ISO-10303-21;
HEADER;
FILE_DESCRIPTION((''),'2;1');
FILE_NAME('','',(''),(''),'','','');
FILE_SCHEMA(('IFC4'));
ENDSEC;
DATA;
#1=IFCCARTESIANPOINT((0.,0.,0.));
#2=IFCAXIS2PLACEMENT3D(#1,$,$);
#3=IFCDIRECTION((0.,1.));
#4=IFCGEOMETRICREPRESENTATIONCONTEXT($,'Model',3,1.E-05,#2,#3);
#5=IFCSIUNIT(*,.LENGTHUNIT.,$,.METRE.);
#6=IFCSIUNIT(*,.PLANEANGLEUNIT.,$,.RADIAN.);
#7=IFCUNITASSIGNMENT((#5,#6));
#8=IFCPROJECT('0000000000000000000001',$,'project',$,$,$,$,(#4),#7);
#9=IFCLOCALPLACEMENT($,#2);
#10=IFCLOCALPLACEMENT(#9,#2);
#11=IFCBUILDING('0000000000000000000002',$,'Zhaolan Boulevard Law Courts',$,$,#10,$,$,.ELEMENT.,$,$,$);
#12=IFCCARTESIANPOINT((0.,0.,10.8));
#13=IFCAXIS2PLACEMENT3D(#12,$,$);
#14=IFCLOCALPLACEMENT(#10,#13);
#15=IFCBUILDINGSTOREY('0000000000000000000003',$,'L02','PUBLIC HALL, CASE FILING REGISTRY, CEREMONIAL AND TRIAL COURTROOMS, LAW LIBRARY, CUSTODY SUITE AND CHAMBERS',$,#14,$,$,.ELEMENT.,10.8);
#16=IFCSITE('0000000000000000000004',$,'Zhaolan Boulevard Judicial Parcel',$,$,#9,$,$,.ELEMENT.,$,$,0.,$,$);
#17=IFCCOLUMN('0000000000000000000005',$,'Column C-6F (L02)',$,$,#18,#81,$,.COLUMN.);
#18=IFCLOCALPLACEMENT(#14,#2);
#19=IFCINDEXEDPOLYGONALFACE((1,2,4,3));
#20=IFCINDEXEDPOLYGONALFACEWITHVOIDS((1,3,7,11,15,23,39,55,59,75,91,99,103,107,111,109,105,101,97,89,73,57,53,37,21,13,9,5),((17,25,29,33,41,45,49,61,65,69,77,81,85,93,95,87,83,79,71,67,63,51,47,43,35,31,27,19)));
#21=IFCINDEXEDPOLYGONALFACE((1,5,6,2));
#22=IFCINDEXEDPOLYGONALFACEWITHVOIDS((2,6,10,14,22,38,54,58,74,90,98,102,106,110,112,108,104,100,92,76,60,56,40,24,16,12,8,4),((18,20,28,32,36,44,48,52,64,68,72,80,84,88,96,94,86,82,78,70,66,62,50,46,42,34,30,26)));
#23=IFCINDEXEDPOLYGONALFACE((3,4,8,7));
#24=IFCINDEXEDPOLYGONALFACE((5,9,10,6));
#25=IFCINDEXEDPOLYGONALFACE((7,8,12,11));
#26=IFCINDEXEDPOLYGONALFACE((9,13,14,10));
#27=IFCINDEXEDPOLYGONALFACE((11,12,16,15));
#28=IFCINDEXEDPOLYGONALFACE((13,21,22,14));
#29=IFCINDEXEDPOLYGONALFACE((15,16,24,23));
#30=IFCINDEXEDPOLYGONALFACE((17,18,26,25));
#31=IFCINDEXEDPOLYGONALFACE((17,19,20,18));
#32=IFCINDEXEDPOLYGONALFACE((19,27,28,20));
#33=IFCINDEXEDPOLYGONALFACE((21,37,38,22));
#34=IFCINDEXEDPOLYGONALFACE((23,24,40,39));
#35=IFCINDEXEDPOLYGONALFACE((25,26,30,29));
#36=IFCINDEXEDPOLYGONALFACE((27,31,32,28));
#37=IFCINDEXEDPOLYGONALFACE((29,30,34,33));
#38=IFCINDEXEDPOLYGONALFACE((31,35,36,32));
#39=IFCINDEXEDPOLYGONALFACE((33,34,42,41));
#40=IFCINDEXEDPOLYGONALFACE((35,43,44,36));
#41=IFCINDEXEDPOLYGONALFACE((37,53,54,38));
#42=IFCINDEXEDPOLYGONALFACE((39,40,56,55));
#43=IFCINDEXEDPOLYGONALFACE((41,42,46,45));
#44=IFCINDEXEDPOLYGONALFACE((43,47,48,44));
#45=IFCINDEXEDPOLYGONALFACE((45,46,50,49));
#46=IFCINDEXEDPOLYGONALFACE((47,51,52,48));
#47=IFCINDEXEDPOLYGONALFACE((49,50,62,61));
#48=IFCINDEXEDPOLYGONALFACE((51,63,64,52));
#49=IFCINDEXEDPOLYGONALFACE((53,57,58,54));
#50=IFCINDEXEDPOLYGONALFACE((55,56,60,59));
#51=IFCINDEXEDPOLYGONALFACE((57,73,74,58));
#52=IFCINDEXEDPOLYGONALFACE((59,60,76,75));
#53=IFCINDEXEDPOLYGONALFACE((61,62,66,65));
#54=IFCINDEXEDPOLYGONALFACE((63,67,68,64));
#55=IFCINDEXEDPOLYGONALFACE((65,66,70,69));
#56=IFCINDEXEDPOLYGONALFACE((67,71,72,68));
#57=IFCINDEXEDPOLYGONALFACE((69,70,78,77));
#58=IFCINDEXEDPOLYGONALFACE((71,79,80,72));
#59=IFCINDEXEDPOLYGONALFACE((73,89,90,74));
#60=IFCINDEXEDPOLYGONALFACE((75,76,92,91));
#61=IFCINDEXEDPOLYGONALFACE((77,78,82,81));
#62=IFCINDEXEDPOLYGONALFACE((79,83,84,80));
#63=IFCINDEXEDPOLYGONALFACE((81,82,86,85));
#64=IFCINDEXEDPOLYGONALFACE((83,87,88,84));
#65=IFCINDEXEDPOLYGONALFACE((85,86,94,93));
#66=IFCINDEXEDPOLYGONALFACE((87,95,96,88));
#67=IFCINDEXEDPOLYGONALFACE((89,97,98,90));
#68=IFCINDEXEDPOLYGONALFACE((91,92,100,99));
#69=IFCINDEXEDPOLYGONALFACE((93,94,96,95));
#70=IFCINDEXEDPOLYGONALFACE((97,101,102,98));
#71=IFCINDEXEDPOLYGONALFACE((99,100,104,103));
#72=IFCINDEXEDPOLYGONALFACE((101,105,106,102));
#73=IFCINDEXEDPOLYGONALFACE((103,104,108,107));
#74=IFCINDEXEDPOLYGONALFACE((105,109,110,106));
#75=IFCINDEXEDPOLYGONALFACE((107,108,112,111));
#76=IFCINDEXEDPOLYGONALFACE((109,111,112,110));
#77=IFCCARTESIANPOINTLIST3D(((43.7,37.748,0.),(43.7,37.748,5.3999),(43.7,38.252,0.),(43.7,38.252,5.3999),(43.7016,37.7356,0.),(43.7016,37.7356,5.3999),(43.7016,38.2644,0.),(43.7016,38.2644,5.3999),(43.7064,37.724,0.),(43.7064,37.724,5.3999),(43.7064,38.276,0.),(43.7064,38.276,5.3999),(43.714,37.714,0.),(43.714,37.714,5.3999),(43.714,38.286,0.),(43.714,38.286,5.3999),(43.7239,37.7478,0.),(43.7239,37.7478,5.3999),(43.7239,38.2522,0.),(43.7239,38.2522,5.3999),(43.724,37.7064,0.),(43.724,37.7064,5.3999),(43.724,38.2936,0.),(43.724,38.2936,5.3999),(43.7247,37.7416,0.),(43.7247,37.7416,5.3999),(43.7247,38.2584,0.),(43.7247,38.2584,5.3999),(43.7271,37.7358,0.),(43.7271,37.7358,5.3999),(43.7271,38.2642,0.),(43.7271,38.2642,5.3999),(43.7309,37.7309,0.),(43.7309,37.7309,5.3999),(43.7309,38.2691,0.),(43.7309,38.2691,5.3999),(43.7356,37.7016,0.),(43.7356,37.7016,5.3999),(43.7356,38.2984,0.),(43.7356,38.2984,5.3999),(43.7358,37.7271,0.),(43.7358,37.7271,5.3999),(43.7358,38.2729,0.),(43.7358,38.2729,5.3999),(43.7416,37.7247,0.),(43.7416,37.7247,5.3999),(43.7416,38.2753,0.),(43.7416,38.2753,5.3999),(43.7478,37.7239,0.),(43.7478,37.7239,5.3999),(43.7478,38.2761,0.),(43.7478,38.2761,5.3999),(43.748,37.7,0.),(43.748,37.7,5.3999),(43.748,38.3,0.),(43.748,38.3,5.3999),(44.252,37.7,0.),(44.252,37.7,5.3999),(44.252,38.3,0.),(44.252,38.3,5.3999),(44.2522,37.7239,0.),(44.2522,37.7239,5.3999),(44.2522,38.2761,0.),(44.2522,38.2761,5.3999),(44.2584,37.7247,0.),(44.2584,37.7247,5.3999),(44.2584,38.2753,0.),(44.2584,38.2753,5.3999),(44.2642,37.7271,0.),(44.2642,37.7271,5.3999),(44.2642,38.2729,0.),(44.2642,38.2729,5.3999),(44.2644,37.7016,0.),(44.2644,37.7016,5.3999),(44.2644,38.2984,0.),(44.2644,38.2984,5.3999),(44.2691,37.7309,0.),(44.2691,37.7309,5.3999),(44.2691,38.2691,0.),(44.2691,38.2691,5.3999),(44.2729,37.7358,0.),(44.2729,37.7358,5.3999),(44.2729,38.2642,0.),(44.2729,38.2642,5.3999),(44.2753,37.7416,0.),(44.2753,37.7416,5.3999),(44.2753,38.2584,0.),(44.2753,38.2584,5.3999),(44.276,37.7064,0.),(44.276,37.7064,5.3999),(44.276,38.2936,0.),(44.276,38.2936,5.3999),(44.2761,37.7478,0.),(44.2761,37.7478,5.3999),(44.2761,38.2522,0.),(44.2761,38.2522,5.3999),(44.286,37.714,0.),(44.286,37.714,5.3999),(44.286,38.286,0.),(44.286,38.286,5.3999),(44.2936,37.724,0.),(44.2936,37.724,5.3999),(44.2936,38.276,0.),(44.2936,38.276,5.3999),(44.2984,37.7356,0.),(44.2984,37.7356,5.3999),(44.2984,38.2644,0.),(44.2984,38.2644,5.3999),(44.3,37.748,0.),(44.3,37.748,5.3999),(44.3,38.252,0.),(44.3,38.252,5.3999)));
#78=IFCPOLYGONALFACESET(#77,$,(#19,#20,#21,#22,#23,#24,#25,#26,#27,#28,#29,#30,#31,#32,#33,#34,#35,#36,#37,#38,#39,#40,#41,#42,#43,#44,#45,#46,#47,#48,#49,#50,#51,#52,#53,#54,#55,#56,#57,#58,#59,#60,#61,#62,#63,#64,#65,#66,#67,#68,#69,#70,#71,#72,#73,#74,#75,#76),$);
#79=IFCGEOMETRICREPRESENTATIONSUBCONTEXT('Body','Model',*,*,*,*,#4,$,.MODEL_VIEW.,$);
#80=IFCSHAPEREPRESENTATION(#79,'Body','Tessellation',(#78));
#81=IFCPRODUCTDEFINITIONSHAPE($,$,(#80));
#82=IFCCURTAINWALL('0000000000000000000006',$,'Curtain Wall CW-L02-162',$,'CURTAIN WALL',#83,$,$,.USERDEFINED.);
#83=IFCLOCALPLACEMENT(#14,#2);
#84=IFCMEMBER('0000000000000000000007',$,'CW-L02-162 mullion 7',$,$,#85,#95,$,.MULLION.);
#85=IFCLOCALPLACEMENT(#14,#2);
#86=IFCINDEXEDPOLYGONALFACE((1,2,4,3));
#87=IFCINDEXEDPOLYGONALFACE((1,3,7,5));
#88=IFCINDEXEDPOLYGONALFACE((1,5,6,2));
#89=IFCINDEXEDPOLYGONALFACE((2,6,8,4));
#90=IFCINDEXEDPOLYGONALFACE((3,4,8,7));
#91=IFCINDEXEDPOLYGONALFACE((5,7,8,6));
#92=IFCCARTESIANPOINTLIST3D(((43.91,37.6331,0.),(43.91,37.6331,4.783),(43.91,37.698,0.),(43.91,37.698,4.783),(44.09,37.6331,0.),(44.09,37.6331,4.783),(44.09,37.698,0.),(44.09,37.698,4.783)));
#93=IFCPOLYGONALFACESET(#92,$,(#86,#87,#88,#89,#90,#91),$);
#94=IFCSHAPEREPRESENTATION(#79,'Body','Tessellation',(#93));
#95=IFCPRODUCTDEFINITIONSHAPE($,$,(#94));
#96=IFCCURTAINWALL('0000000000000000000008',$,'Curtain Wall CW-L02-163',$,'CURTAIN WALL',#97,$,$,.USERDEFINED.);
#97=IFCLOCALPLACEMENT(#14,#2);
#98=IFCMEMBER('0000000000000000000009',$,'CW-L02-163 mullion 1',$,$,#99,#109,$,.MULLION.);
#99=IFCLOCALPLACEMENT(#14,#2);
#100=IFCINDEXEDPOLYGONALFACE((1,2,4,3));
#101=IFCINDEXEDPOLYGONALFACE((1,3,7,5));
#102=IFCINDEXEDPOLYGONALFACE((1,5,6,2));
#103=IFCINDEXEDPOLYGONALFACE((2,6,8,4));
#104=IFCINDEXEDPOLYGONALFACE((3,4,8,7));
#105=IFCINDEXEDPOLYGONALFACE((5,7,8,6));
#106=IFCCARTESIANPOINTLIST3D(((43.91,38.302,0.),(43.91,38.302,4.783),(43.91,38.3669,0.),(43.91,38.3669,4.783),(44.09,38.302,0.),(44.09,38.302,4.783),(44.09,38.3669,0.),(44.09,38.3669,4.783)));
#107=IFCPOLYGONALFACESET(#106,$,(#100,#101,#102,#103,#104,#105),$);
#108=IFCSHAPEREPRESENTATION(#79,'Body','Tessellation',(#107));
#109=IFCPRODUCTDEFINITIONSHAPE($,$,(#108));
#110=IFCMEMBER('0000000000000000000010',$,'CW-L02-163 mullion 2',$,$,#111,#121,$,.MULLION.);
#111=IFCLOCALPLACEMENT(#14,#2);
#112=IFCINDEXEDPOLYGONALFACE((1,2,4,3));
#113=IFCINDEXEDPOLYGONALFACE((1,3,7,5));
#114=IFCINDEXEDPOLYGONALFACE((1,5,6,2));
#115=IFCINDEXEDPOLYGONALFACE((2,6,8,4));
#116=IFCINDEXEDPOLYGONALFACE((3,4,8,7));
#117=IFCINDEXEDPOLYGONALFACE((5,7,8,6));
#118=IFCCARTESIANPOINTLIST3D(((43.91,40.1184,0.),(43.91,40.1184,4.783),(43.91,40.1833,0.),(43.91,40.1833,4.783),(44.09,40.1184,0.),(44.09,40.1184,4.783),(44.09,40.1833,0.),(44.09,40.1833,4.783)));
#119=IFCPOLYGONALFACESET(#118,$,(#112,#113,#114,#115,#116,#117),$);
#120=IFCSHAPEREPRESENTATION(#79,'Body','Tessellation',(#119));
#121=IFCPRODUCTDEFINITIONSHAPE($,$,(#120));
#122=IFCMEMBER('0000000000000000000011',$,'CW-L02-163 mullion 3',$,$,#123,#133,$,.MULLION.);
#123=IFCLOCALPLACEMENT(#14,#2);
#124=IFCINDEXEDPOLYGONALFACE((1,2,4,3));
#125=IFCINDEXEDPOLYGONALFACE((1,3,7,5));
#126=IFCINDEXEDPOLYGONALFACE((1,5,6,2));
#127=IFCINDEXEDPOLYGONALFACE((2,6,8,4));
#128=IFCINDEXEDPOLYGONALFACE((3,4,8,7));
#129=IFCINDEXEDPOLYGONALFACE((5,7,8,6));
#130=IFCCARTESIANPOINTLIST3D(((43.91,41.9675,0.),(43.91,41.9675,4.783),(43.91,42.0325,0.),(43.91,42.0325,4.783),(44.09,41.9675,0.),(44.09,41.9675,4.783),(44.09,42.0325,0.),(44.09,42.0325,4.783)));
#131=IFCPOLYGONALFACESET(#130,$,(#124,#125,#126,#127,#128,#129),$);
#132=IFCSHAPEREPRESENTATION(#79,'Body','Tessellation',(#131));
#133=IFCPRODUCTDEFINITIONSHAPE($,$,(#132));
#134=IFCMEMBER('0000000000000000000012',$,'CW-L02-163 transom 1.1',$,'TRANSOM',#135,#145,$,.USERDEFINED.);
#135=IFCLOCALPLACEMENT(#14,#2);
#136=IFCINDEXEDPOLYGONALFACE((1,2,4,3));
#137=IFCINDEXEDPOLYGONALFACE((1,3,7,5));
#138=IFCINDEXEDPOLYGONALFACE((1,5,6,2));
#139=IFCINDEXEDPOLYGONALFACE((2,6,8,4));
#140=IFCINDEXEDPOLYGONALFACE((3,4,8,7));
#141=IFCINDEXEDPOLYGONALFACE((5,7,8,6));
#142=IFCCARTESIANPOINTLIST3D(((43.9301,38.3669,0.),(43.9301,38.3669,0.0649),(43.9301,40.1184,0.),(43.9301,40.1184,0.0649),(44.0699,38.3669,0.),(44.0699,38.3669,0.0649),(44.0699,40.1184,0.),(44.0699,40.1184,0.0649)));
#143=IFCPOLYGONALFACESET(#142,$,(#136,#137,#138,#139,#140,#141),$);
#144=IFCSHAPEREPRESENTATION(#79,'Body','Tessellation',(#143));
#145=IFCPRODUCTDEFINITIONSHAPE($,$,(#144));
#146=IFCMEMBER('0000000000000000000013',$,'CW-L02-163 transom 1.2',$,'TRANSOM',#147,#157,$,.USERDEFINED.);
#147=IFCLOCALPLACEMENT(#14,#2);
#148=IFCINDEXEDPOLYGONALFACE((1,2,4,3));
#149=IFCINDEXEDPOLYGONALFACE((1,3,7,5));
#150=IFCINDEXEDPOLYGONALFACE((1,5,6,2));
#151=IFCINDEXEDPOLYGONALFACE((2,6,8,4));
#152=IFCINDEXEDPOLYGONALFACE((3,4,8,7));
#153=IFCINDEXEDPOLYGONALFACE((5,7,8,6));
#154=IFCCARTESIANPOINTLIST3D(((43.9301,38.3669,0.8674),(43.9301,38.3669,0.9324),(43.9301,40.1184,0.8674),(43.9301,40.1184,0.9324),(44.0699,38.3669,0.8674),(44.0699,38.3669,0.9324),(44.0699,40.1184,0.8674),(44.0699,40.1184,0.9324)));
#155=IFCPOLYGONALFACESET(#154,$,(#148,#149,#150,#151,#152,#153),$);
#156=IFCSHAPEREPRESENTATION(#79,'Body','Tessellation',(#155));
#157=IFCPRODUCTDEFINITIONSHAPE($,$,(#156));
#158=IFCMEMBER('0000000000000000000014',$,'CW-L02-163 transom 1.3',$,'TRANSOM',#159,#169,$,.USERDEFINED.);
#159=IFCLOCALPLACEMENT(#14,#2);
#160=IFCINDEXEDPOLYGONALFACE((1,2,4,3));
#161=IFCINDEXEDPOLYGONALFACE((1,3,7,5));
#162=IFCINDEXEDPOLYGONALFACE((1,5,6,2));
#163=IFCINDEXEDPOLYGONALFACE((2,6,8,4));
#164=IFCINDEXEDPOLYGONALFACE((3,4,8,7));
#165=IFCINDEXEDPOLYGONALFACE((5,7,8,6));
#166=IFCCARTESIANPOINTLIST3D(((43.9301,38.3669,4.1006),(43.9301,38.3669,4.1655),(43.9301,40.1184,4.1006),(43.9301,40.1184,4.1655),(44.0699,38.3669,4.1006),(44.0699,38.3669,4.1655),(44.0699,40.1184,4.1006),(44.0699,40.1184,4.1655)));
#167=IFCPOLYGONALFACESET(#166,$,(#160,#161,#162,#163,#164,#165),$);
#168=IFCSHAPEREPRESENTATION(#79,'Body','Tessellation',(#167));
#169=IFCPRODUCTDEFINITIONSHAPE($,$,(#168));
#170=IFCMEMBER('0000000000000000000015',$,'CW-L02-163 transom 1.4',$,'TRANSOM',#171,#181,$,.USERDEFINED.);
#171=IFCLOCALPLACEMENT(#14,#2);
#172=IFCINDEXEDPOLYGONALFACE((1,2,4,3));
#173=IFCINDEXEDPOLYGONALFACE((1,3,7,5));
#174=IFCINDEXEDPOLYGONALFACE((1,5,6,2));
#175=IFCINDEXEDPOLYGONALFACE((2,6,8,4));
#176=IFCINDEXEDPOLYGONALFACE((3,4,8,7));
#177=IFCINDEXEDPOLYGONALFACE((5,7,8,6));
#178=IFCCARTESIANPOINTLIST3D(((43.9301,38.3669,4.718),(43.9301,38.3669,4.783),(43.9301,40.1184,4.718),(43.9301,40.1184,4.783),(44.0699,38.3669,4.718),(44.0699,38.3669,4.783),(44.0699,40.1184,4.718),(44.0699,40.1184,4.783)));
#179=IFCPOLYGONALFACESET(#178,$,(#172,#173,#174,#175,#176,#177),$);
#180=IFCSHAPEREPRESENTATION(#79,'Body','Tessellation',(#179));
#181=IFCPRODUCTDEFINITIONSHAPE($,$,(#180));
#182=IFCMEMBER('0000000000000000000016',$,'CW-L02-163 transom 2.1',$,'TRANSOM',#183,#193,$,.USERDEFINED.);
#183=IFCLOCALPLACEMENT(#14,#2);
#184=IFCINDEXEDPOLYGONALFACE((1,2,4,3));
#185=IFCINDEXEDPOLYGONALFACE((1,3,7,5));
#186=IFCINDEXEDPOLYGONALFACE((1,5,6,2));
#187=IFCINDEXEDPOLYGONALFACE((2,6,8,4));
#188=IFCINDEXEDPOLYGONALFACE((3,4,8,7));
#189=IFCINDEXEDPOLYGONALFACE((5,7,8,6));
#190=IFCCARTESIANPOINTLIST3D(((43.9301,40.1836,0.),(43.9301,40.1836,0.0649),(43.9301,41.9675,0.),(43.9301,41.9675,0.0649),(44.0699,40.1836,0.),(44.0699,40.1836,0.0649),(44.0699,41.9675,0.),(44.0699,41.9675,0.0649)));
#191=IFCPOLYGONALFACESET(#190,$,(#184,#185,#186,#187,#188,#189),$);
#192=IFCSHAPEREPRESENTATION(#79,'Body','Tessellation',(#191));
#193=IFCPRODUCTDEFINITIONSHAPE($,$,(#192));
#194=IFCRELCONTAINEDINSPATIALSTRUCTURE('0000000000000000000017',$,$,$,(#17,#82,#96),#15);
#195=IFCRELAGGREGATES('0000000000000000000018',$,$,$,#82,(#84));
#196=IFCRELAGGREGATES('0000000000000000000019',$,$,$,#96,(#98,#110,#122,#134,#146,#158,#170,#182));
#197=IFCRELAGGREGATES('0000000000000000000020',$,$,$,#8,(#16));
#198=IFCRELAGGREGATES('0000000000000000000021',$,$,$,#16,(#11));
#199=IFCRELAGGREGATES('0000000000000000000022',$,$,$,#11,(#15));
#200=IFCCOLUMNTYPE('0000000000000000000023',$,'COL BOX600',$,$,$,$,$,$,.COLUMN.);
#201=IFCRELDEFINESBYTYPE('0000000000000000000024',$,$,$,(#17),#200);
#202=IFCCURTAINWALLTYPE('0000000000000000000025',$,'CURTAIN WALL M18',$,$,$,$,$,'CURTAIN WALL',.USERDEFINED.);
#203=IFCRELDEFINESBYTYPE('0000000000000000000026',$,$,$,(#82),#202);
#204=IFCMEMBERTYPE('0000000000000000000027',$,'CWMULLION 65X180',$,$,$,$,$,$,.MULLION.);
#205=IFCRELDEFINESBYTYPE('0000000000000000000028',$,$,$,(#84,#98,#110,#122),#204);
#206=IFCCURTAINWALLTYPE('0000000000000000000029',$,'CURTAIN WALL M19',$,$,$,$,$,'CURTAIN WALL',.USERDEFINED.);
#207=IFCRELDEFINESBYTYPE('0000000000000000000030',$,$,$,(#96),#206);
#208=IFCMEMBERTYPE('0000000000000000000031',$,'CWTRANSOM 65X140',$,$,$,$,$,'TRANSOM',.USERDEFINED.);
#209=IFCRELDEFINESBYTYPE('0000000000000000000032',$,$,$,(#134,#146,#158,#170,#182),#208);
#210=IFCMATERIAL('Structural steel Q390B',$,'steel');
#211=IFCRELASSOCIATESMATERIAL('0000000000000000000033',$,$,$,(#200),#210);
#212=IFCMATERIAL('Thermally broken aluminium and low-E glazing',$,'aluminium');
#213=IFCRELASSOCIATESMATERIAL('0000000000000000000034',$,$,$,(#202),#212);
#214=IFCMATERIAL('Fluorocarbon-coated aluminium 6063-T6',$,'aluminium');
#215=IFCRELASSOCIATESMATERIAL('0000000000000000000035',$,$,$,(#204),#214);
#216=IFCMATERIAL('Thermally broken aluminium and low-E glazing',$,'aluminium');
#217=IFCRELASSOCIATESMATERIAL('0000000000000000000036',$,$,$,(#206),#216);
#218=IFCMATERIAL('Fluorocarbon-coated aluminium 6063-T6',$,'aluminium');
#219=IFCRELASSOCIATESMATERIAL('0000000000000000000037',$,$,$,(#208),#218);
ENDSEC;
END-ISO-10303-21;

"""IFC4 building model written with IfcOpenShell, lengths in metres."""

from ifc_helpers import new_model, si_unit, direction, frame, origin, origin_2d, place, context, subcontext, project, spatial, rectangle, hollow_rectangle, extrude, material, material_profile, profile_set, type_object, element, aggregate, save


model = new_model("IFC4")

# Units and contexts
model_context = context("Model", 3, precision=1e-05, world=origin(), true_north=direction((0.0, 1.0)))
body_context = subcontext(model_context, "Body", "Model", "MODEL_VIEW")
ifc_project = project(units=[si_unit("LENGTHUNIT", "METRE"), si_unit("PLANEANGLEUNIT", "RADIAN")], contexts=[model_context])

# Site, building, storey
site_placement = place(None, origin())
site = spatial("IfcSite", under=ifc_project, at=site_placement, Name="Zhaolan Boulevard Judicial Parcel", CompositionType="ELEMENT", RefElevation=0.0)
building_placement = place(site_placement, origin())
building = spatial("IfcBuilding", under=site, at=building_placement, Name="Zhaolan Boulevard Law Courts", CompositionType="ELEMENT")
storey_placement = place(building_placement, frame((0.0, 0.0, 10.8)))
storey = spatial("IfcBuildingStorey", under=building, at=storey_placement, Name="L02", Description="PUBLIC HALL, CASE FILING REGISTRY, CEREMONIAL AND TRIAL COURTROOMS, LAW LIBRARY, CUSTODY SUITE AND CHAMBERS", CompositionType="ELEMENT", Elevation=10.8)

# Column
ifc_material_1 = material(Name="Structural steel Q390B", Category="steel")
ifc_material_profile_1 = material_profile(ifc_material_1, hollow_rectangle(XDim=0.6001, YDim=0.6001, WallThickness=0.0239, InnerFilletRadius=0.0239, OuterFilletRadius=0.0481, at=origin_2d()), Name="BOX600x600x24")
ifc_profile_set_1 = profile_set([ifc_material_profile_1], Name="Structural steel Q390B")
column_type = type_object("IfcColumnType", Name="COL BOX600", PredefinedType="COLUMN", material=ifc_profile_set_1)
column_placement = place(storey_placement, frame((44.0, 38.0, 0.0), z_axis=(0.0, 0.0, 1.0), x_axis=(1.0, 0.0, 0.0)))
element("IfcColumn", 1, at=column_placement, inside=storey, type_object=column_type, Name="Column C-6F (L02)", PredefinedType="COLUMN", context=body_context, shape_type="SweptSolid", body=[
    extrude(hollow_rectangle(XDim=0.6001, YDim=0.6001, WallThickness=0.0239, InnerFilletRadius=0.0239, OuterFilletRadius=0.0481, at=origin_2d()), origin(), (0.0, 0.0, 1.0), 5.3999),
])

# Curtain wall, member
ifc_material_2 = material(Name="Thermally broken aluminium and low-E glazing", Category="aluminium")
curtain_wall_type_1 = type_object("IfcCurtainWallType", Name="CURTAIN WALL M18", ElementType="CURTAIN WALL", PredefinedType="USERDEFINED", material=ifc_material_2)
curtain_wall_1_placement = place(storey_placement, origin())
curtain_wall_1 = element("IfcCurtainWall", 2, at=curtain_wall_1_placement, inside=storey, type_object=curtain_wall_type_1, Name="Curtain Wall CW-L02-162", ObjectType="CURTAIN WALL", PredefinedType="USERDEFINED")
ifc_material_3 = material(Name="Fluorocarbon-coated aluminium 6063-T6", Category="aluminium")
ifc_material_profile_2 = material_profile(ifc_material_3, rectangle(XDim=0.1799, YDim=0.0649, at=origin_2d()), Name="AL65x180")
ifc_profile_set_2 = profile_set([ifc_material_profile_2], Name="Fluorocarbon-coated aluminium 6063-T6")
member_type_1 = type_object("IfcMemberType", Name="CWMULLION 65X180", PredefinedType="MULLION", material=ifc_profile_set_2)
member_1_placement = place(storey_placement, frame((44.0, 37.6655, 0.0), z_axis=(0.0, 0.0, 1.0), x_axis=(-1.0, 0.0, 0.0)))
member_1 = element("IfcMember", 3, at=member_1_placement, type_object=member_type_1, Name="CW-L02-162 mullion 7", PredefinedType="MULLION", context=body_context, shape_type="SweptSolid", body=[
    extrude(rectangle(XDim=0.1799, YDim=0.0649, at=origin_2d()), origin(), (0.0, 0.0, 1.0), 4.783),
])

# Curtain wall, members
ifc_material_4 = material(Name="Thermally broken aluminium and low-E glazing", Category="aluminium")
curtain_wall_type_2 = type_object("IfcCurtainWallType", Name="CURTAIN WALL M19", ElementType="CURTAIN WALL", PredefinedType="USERDEFINED", material=ifc_material_4)
curtain_wall_2_placement = place(storey_placement, origin())
curtain_wall_2 = element("IfcCurtainWall", 4, at=curtain_wall_2_placement, inside=storey, type_object=curtain_wall_type_2, Name="Curtain Wall CW-L02-163", ObjectType="CURTAIN WALL", PredefinedType="USERDEFINED")
member_2_placement = place(storey_placement, frame((44.0, 38.3345, 0.0), z_axis=(0.0, 0.0, 1.0), x_axis=(-1.0, 0.0, 0.0)))
member_2 = element("IfcMember", 5, at=member_2_placement, type_object=member_type_1, Name="CW-L02-163 mullion 1", PredefinedType="MULLION", context=body_context, shape_type="SweptSolid", body=[
    extrude(rectangle(XDim=0.1799, YDim=0.0649, at=origin_2d()), origin(), (0.0, 0.0, 1.0), 4.783),
])
member_3_placement = place(storey_placement, frame((44.0, 40.1509, 0.0), z_axis=(0.0, 0.0, 1.0), x_axis=(-1.0, 0.0, 0.0)))
member_3 = element("IfcMember", 6, at=member_3_placement, type_object=member_type_1, Name="CW-L02-163 mullion 2", PredefinedType="MULLION", context=body_context, shape_type="SweptSolid", body=[
    extrude(rectangle(XDim=0.1799, YDim=0.0649, at=origin_2d()), origin(), (0.0, 0.0, 1.0), 4.783),
])
member_4_placement = place(storey_placement, frame((44.0, 42.0, 0.0), z_axis=(0.0, 0.0, 1.0), x_axis=(-1.0, 0.0, 0.0)))
member_4 = element("IfcMember", 7, at=member_4_placement, type_object=member_type_1, Name="CW-L02-163 mullion 3", PredefinedType="MULLION", context=body_context, shape_type="SweptSolid", body=[
    extrude(rectangle(XDim=0.1799, YDim=0.0649, at=origin_2d()), origin(), (0.0, 0.0, 1.0), 4.783),
])
ifc_material_5 = material(Name="Fluorocarbon-coated aluminium 6063-T6", Category="aluminium")
ifc_material_profile_3 = material_profile(ifc_material_5, rectangle(XDim=0.1399, YDim=0.0649, at=origin_2d()), Name="AL65x140")
ifc_profile_set_3 = profile_set([ifc_material_profile_3], Name="Fluorocarbon-coated aluminium 6063-T6")
member_type_2 = type_object("IfcMemberType", Name="CWTRANSOM 65X140", ElementType="TRANSOM", PredefinedType="USERDEFINED", material=ifc_profile_set_3)
member_5_placement = place(storey_placement, frame((44.0, 38.3669, 0.0325), z_axis=(0.0, 1.0, 0.0), x_axis=(-1.0, 0.0, 0.0)))
member_5 = element("IfcMember", 8, at=member_5_placement, type_object=member_type_2, Name="CW-L02-163 transom 1.1", ObjectType="TRANSOM", PredefinedType="USERDEFINED", context=body_context, shape_type="SweptSolid", body=[
    extrude(rectangle(XDim=0.1399, YDim=0.0649, at=origin_2d()), origin(), (0.0, 0.0, 1.0), 1.7515),
])
member_6_placement = place(storey_placement, frame((44.0, 38.3669, 0.8999), z_axis=(0.0, 1.0, 0.0), x_axis=(-1.0, 0.0, 0.0)))
member_6 = element("IfcMember", 9, at=member_6_placement, type_object=member_type_2, Name="CW-L02-163 transom 1.2", ObjectType="TRANSOM", PredefinedType="USERDEFINED", context=body_context, shape_type="SweptSolid", body=[
    extrude(rectangle(XDim=0.1399, YDim=0.0649, at=origin_2d()), origin(), (0.0, 0.0, 1.0), 1.7515),
])
member_7_placement = place(storey_placement, frame((44.0, 38.3669, 4.1331), z_axis=(0.0, 1.0, 0.0), x_axis=(-1.0, 0.0, 0.0)))
member_7 = element("IfcMember", 10, at=member_7_placement, type_object=member_type_2, Name="CW-L02-163 transom 1.3", ObjectType="TRANSOM", PredefinedType="USERDEFINED", context=body_context, shape_type="SweptSolid", body=[
    extrude(rectangle(XDim=0.1399, YDim=0.0649, at=origin_2d()), origin(), (0.0, 0.0, 1.0), 1.7515),
])
member_8_placement = place(storey_placement, frame((44.0, 38.3669, 4.7505), z_axis=(0.0, 1.0, 0.0), x_axis=(-1.0, 0.0, 0.0)))
member_8 = element("IfcMember", 11, at=member_8_placement, type_object=member_type_2, Name="CW-L02-163 transom 1.4", ObjectType="TRANSOM", PredefinedType="USERDEFINED", context=body_context, shape_type="SweptSolid", body=[
    extrude(rectangle(XDim=0.1399, YDim=0.0649, at=origin_2d()), origin(), (0.0, 0.0, 1.0), 1.7515),
])
member_9_placement = place(storey_placement, frame((44.0, 40.1836, 0.0325), z_axis=(0.0, 1.0, 0.0), x_axis=(-1.0, 0.0, 0.0)))
member_9 = element("IfcMember", 12, at=member_9_placement, type_object=member_type_2, Name="CW-L02-163 transom 2.1", ObjectType="TRANSOM", PredefinedType="USERDEFINED", context=body_context, shape_type="SweptSolid", body=[
    extrude(rectangle(XDim=0.1399, YDim=0.0649, at=origin_2d()), origin(), (0.0, 0.0, 1.0), 1.7839),
])

aggregate(curtain_wall_1, [member_1])
aggregate(curtain_wall_2, [member_2, member_3, member_4, member_5, member_6, member_7, member_8, member_9])

save(model, "model.ifc")
